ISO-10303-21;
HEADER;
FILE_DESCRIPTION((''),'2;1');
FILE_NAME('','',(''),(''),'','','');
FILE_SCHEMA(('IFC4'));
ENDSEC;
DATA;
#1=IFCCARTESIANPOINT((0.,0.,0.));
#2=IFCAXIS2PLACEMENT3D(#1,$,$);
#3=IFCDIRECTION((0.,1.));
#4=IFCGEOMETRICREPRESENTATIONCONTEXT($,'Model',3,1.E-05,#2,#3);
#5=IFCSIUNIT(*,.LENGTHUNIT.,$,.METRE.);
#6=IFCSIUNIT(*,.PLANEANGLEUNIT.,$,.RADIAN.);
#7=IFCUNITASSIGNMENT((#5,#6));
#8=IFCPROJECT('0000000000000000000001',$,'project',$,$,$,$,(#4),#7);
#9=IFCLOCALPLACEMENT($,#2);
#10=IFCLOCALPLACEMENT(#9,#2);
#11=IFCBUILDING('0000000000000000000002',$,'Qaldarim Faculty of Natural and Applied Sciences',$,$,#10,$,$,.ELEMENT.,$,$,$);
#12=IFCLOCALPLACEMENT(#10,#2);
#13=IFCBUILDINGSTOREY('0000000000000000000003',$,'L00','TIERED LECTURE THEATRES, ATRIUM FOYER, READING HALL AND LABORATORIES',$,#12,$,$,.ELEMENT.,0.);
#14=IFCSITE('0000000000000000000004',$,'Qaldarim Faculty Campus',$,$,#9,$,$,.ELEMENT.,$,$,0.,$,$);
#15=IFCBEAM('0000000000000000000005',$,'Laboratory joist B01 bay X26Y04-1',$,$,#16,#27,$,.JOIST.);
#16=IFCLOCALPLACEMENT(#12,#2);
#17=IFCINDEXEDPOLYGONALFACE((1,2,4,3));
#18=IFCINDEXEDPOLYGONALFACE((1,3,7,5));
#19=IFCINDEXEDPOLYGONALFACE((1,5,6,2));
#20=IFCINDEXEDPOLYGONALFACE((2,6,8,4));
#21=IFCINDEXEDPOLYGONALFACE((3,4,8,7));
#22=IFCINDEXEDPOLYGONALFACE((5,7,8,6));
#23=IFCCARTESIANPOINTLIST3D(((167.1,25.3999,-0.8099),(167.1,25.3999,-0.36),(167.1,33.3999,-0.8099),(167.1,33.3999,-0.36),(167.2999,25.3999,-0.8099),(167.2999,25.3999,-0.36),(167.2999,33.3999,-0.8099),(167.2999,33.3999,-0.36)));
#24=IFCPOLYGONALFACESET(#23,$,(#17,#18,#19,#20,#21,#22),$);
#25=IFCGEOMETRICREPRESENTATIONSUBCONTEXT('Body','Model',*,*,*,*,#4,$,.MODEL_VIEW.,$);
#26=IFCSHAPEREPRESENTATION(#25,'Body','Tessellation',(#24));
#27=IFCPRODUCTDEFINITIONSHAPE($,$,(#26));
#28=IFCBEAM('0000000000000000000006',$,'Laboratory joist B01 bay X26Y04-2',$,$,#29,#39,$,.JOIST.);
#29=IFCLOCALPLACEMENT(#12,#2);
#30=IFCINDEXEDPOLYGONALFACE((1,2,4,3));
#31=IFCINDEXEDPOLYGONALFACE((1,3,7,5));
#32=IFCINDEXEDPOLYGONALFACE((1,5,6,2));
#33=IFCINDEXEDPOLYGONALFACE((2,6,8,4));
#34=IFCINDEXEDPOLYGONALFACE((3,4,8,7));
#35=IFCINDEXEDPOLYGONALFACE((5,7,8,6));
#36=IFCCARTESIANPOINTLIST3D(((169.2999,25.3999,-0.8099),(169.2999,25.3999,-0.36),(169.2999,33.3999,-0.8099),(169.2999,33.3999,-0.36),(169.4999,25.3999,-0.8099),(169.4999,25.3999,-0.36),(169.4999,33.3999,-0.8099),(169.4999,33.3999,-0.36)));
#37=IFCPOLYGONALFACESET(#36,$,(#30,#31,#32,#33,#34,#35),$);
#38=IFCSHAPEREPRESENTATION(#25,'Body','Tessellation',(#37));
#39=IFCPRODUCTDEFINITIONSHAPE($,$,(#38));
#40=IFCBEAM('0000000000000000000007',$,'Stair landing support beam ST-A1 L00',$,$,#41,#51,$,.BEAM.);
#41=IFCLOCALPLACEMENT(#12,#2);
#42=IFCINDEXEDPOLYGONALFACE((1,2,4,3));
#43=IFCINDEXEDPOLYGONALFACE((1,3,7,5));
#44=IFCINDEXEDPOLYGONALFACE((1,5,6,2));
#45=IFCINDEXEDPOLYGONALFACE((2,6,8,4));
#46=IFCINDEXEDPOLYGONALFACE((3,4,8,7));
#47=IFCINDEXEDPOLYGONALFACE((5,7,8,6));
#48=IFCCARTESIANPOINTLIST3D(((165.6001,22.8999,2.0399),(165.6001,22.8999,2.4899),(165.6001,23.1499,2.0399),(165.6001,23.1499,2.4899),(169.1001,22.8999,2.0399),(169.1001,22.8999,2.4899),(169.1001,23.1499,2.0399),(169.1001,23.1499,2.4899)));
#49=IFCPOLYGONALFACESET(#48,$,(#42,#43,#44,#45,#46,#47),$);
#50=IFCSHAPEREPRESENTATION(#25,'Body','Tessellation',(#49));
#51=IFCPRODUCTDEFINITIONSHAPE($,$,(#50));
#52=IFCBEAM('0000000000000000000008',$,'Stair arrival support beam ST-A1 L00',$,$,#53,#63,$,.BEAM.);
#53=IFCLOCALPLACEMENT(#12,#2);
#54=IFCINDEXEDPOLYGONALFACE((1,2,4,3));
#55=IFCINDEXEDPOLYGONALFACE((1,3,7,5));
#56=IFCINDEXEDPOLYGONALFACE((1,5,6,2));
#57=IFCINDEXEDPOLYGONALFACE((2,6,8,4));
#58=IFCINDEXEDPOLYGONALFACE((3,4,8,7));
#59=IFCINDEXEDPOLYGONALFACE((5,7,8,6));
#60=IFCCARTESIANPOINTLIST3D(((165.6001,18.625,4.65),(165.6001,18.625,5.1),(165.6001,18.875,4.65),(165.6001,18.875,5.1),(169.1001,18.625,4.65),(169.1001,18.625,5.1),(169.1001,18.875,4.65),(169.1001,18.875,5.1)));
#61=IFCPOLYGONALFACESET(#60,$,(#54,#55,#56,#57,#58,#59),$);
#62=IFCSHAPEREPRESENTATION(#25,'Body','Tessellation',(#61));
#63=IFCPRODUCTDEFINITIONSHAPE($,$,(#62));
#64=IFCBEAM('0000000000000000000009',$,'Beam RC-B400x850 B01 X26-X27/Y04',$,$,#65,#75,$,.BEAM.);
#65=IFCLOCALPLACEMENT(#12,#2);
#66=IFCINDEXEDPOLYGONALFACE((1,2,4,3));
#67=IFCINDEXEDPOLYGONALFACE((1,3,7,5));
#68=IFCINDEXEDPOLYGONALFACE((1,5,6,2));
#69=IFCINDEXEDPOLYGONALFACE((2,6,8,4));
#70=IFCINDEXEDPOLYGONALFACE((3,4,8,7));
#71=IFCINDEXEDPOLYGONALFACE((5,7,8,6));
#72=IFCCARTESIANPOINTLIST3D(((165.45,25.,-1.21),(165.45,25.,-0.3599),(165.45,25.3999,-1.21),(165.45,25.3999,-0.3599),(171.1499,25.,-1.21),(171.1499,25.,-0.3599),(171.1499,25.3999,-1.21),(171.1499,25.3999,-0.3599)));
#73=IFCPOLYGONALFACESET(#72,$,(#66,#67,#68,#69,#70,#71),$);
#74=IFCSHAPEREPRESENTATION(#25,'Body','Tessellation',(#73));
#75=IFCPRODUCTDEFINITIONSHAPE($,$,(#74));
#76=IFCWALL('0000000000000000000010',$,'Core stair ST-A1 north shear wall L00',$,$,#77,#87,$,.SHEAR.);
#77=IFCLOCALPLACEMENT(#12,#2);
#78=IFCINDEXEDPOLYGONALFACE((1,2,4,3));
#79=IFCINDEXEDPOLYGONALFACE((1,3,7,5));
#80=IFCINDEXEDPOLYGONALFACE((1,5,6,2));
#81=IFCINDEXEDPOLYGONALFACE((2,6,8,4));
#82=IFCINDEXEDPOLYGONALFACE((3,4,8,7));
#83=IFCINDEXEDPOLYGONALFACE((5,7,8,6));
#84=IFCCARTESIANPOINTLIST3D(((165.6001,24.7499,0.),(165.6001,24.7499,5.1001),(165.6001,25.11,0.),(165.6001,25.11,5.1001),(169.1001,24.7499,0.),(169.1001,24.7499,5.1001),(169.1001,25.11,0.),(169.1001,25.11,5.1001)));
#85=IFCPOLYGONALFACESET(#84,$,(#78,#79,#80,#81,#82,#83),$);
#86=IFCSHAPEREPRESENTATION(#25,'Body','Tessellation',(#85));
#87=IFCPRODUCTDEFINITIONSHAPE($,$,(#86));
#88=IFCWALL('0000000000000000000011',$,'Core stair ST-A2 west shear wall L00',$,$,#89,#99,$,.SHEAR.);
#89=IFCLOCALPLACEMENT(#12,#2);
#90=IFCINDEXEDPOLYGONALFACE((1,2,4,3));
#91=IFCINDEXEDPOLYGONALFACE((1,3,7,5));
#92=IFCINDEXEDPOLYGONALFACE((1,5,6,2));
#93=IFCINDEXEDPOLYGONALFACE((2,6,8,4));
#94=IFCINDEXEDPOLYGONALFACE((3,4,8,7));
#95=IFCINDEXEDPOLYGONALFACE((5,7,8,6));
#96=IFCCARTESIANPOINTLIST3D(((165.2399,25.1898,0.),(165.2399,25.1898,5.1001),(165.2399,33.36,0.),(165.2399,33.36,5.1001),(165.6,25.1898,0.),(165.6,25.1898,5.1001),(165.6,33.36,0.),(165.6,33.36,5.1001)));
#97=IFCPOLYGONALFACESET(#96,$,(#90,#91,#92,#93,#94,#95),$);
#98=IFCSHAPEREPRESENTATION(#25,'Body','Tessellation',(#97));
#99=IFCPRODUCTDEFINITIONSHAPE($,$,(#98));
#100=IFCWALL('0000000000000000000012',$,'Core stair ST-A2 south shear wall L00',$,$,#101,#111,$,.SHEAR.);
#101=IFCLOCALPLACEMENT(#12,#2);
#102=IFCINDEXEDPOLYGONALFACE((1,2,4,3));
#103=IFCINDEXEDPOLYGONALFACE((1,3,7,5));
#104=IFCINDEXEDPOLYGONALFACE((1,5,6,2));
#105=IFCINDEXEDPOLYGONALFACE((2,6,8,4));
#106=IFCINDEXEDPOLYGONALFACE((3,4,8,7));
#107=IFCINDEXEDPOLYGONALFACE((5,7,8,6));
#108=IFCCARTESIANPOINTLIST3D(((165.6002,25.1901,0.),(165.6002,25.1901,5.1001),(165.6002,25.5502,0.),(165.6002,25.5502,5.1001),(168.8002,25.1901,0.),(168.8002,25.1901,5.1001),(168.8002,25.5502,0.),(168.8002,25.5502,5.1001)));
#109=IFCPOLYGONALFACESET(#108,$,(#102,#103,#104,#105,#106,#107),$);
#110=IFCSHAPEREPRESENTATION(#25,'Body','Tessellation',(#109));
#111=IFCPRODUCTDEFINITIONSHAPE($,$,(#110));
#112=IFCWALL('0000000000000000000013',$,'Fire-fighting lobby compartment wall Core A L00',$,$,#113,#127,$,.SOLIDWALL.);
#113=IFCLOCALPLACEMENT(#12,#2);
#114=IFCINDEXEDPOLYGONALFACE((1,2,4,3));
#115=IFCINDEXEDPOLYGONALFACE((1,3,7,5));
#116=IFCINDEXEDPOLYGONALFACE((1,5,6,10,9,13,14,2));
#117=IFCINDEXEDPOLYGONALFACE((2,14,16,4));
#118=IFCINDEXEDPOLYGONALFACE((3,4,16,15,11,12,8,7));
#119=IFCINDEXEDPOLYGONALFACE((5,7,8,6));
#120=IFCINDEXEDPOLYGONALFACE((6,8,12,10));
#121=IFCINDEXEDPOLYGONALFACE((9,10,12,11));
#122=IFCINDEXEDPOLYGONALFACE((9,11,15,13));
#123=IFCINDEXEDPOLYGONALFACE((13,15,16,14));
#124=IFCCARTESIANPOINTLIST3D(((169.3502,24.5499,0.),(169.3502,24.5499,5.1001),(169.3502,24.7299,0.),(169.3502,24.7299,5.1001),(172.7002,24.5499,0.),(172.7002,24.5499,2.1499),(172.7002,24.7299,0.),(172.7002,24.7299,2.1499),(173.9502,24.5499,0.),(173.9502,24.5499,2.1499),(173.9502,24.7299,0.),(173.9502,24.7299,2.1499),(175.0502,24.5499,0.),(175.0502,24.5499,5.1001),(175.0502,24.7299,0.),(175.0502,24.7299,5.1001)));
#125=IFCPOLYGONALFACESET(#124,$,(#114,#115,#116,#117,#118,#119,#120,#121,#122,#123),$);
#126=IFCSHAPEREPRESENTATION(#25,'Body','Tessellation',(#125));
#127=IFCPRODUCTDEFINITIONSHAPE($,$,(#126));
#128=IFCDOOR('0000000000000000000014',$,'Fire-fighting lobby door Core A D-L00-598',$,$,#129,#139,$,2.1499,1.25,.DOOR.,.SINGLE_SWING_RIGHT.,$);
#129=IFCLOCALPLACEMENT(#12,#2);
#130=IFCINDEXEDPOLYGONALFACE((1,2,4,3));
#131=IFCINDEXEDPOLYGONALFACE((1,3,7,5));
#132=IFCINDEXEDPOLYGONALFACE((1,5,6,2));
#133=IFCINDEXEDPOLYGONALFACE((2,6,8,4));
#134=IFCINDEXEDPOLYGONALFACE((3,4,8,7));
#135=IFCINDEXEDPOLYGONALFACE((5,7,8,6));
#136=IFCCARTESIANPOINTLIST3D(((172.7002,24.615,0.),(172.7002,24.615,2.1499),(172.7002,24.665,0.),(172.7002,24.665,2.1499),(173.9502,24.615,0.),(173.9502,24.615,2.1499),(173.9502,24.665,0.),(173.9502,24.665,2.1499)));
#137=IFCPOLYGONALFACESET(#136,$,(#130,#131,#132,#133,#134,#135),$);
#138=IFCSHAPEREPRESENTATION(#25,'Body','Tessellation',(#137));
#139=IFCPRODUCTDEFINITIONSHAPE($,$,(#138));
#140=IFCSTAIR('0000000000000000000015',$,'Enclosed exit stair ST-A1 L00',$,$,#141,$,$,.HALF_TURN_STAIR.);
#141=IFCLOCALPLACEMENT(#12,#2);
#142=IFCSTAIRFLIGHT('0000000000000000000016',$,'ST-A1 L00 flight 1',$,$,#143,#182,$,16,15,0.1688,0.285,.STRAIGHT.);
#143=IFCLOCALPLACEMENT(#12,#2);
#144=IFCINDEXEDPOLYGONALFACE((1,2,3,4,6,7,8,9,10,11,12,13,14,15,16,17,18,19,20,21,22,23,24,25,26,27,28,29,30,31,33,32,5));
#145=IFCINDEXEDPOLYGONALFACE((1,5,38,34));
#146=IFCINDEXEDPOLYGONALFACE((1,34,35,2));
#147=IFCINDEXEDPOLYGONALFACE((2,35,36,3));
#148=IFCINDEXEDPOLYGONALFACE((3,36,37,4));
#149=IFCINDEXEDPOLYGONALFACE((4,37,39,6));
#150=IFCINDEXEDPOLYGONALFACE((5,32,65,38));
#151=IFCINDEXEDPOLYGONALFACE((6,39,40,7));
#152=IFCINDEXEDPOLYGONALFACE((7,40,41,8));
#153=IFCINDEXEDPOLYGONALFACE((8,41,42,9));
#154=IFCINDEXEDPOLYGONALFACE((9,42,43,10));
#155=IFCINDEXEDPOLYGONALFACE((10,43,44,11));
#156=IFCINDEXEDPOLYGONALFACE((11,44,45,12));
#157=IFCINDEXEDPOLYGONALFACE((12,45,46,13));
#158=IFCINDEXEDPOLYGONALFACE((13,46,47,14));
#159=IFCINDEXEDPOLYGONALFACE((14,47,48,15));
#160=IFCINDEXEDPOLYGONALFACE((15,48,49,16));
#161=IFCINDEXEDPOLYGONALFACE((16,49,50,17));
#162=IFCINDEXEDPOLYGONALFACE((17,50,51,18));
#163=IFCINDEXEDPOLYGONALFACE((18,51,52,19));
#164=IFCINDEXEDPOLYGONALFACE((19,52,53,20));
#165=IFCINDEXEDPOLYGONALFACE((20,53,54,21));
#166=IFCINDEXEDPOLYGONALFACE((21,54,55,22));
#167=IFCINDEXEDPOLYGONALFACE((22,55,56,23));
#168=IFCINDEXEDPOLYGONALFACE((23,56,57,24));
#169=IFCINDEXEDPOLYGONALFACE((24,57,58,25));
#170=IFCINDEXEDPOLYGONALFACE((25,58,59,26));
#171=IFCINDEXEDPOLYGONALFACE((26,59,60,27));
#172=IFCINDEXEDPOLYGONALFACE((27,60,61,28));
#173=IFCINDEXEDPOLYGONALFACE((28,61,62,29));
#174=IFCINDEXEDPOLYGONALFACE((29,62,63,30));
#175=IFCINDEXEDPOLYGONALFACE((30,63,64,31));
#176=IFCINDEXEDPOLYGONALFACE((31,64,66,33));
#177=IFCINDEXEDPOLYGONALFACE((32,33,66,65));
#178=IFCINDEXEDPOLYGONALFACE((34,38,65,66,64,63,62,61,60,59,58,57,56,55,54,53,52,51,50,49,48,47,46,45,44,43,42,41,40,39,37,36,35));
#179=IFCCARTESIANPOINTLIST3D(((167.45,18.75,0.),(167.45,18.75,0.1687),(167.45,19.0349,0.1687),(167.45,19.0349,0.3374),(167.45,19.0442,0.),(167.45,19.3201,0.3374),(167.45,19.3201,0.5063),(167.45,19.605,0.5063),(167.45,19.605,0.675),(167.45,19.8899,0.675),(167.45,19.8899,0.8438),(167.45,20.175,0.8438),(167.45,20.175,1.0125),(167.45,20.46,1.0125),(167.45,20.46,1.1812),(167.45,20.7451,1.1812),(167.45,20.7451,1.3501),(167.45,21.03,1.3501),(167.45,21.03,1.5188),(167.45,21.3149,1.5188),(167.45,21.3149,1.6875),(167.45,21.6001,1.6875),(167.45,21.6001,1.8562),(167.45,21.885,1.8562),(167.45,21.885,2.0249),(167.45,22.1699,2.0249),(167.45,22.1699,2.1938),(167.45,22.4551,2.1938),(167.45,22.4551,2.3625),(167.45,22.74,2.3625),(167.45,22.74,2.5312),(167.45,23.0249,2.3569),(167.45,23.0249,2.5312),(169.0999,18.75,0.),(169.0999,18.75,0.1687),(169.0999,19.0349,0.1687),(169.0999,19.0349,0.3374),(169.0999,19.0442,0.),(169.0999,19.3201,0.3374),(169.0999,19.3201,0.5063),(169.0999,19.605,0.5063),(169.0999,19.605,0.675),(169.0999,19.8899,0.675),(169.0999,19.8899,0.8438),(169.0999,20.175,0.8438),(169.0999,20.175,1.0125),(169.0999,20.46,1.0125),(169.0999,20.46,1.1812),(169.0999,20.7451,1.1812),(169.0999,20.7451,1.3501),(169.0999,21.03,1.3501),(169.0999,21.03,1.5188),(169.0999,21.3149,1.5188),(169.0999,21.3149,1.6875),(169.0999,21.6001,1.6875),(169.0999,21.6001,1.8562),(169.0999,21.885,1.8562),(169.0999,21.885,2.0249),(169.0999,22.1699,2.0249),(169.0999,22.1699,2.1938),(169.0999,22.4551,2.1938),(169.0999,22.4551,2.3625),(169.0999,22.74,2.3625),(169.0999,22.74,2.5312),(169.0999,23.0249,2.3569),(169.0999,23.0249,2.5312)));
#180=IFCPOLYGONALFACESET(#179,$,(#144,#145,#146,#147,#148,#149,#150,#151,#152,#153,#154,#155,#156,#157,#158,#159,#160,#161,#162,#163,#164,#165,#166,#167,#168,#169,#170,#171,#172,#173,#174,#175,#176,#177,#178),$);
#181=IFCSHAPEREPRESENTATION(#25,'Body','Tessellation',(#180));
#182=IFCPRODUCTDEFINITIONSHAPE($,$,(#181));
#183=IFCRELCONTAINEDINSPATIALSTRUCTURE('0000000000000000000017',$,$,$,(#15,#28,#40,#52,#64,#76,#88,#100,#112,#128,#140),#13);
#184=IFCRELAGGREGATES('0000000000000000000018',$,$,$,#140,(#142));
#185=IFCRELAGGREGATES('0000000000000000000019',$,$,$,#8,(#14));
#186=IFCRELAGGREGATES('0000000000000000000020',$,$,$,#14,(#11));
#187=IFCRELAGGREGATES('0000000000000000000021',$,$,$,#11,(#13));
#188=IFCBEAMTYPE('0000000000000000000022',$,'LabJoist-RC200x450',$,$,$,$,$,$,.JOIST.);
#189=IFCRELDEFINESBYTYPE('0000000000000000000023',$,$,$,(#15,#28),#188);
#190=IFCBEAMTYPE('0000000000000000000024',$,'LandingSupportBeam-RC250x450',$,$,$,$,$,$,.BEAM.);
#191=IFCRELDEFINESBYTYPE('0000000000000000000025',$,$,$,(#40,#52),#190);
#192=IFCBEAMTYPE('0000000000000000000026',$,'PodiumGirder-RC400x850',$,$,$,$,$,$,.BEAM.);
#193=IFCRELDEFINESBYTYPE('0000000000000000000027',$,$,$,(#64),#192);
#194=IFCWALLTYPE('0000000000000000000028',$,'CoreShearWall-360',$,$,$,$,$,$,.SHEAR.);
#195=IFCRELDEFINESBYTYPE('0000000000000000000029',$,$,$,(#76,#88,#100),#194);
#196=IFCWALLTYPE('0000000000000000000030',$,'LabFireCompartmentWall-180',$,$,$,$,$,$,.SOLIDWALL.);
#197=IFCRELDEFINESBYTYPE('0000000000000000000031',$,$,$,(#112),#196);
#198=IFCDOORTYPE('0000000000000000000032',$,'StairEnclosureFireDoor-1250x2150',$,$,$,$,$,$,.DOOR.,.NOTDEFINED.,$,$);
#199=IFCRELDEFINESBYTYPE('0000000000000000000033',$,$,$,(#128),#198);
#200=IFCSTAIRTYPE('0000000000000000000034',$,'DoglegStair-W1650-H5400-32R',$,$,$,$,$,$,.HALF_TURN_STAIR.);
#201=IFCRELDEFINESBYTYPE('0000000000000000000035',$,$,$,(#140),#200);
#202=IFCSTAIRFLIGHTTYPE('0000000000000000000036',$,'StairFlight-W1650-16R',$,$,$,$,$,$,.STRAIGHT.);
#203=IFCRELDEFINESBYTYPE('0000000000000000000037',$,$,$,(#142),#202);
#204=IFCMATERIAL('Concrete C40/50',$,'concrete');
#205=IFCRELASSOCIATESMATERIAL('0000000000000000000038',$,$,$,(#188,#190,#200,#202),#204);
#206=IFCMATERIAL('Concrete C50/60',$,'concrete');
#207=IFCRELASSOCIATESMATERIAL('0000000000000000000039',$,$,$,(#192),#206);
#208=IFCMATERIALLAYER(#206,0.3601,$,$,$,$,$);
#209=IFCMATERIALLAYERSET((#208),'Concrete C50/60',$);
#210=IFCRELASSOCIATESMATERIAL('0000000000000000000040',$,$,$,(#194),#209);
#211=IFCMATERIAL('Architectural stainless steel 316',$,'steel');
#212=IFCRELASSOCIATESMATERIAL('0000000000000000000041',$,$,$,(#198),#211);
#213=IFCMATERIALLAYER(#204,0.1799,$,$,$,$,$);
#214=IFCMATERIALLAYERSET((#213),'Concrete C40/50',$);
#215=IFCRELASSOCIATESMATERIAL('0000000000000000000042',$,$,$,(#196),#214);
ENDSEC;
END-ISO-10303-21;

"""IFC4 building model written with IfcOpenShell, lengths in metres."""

from ifc_helpers import new_model, si_unit, direction, frame, frame_2d, origin, origin_2d, place, context, subcontext, project, spatial, polyline, rectangle, outline, extrude, material, layer, layer_set, material_profile, profile_set, type_object, element, fill, aggregate, save


model = new_model("IFC4")

# Units and contexts
model_context = context("Model", 3, precision=1e-05, world=origin(), true_north=direction((0.0, 1.0)))
body_context = subcontext(model_context, "Body", "Model", "MODEL_VIEW")
ifc_project = project(units=[si_unit("LENGTHUNIT", "METRE"), si_unit("PLANEANGLEUNIT", "RADIAN")], contexts=[model_context])

# Site, building, storey
site_placement = place(None, origin())
site = spatial("IfcSite", under=ifc_project, at=site_placement, Name="Qaldarim Faculty Campus", CompositionType="ELEMENT", RefElevation=0.0)
building_placement = place(site_placement, origin())
building = spatial("IfcBuilding", under=site, at=building_placement, Name="Qaldarim Faculty of Natural and Applied Sciences", CompositionType="ELEMENT")
storey_placement = place(building_placement, origin())
storey = spatial("IfcBuildingStorey", under=building, at=storey_placement, Name="L00", Description="TIERED LECTURE THEATRES, ATRIUM FOYER, READING HALL AND LABORATORIES", CompositionType="ELEMENT", Elevation=0.0)

# Beams
ifc_material_1 = material(Name="Concrete C40/50", Category="concrete")
ifc_material_profile_1 = material_profile(ifc_material_1, rectangle(XDim=0.2, YDim=0.45, at=origin_2d()), Name="RC-J200x450")
ifc_profile_set_1 = profile_set([ifc_material_profile_1], Name="Concrete C40/50")
beam_type_1 = type_object("IfcBeamType", Name="LabJoist-RC200x450", PredefinedType="JOIST", material=ifc_profile_set_1)
for number, where, z_axis, x_axis, name in (
    (1, (167.2, 25.3999, -0.585), (0.0, 1.0, 0.0), (-1.0, 0.0, 0.0), "Laboratory joist B01 bay X26Y04-1"),
    (2, (169.3999, 25.3999, -0.585), (0.0, 1.0, 0.0), (-1.0, 0.0, 0.0), "Laboratory joist B01 bay X26Y04-2"),
):
    element("IfcBeam", number, at=place(storey_placement, frame(where, z_axis=z_axis, x_axis=x_axis)), inside=storey, type_object=beam_type_1, Name=name, PredefinedType="JOIST", context=body_context, shape_type="SweptSolid", body=[
        extrude(rectangle(XDim=0.2, YDim=0.45, at=origin_2d()), origin(), (0.0, 0.0, 1.0), 8.0),
    ])
ifc_material_profile_2 = material_profile(ifc_material_1, rectangle(XDim=0.25, YDim=0.45, at=origin_2d()), Name="RC-LN250x450")
ifc_profile_set_2 = profile_set([ifc_material_profile_2], Name="Concrete C40/50")
beam_type_2 = type_object("IfcBeamType", Name="LandingSupportBeam-RC250x450", PredefinedType="BEAM", material=ifc_profile_set_2)
for number, where, z_axis, x_axis, name in (
    (3, (165.6001, 23.0249, 2.2649), (1.0, 0.0, 0.0), (0.0, 1.0, 0.0), "Stair landing support beam ST-A1 L00"),
    (4, (165.6001, 18.75, 4.875), (1.0, 0.0, 0.0), (0.0, 1.0, 0.0), "Stair arrival support beam ST-A1 L00"),
):
    element("IfcBeam", number, at=place(storey_placement, frame(where, z_axis=z_axis, x_axis=x_axis)), inside=storey, type_object=beam_type_2, Name=name, PredefinedType="BEAM", context=body_context, shape_type="SweptSolid", body=[
        extrude(rectangle(XDim=0.25, YDim=0.45, at=origin_2d()), origin(), (0.0, 0.0, 1.0), 3.5),
    ])
ifc_material_2 = material(Name="Concrete C50/60", Category="concrete")
ifc_material_profile_3 = material_profile(ifc_material_2, rectangle(XDim=0.3999, YDim=0.8501, at=origin_2d()), Name="RC-B400x850")
ifc_profile_set_3 = profile_set([ifc_material_profile_3], Name="Concrete C50/60")
beam_type_3 = type_object("IfcBeamType", Name="PodiumGirder-RC400x850", PredefinedType="BEAM", material=ifc_profile_set_3)
beam_placement = place(storey_placement, frame((165.45, 25.2, -0.7849), z_axis=(1.0, 0.0, 0.0), x_axis=(0.0, 1.0, 0.0)))
element("IfcBeam", 5, at=beam_placement, inside=storey, type_object=beam_type_3, Name="Beam RC-B400x850 B01 X26-X27/Y04", PredefinedType="BEAM", context=body_context, shape_type="SweptSolid", body=[
    extrude(rectangle(XDim=0.3999, YDim=0.8501, at=origin_2d()), origin(), (0.0, 0.0, 1.0), 5.7),
])

# Walls
ifc_layer_1 = layer(ifc_material_2, 0.3601)
ifc_layer_set_1 = layer_set([ifc_layer_1], Name="Concrete C50/60")
wall_type_1 = type_object("IfcWallType", Name="CoreShearWall-360", PredefinedType="SHEAR", material=ifc_layer_set_1)
wall_1_placement = place(storey_placement, frame((165.6001, 24.9299, 0.0), z_axis=(0.0, 0.0, 1.0), x_axis=(1.0, 0.0, 0.0)))
element("IfcWall", 6, at=wall_1_placement, inside=storey, type_object=wall_type_1, Name="Core stair ST-A1 north shear wall L00", PredefinedType="SHEAR", context=body_context, shape_type="SweptSolid", body=[
    extrude(rectangle(XDim=3.5, YDim=0.3601, at=frame_2d((1.75, 0.0))), origin(), (0.0, 0.0, 1.0), 5.1001),
])
wall_2_placement = place(storey_placement, frame((165.4199, 25.1899, 0.0), z_axis=(0.0, 0.0, 1.0), x_axis=(0.0, 1.0, 0.0)))
element("IfcWall", 7, at=wall_2_placement, inside=storey, type_object=wall_type_1, Name="Core stair ST-A2 west shear wall L00", PredefinedType="SHEAR", context=body_context, shape_type="SweptSolid", body=[
    extrude(rectangle(XDim=8.1702, YDim=0.3601, at=frame_2d((4.085, 0.0))), origin(), (0.0, 0.0, 1.0), 5.1001),
])

# Shared definitions
ifc_material_3 = material(Name="Architectural stainless steel 316", Category="steel")
door_type = type_object("IfcDoorType", Name="StairEnclosureFireDoor-1250x2150", OperationType="NOTDEFINED", PredefinedType="DOOR", material=ifc_material_3)

# Wall
wall_3_placement = place(storey_placement, frame((165.6001, 25.3701, 0.0), z_axis=(0.0, 0.0, 1.0), x_axis=(1.0, 0.0, 0.0)))
element("IfcWall", 8, at=wall_3_placement, inside=storey, type_object=wall_type_1, Name="Core stair ST-A2 south shear wall L00", PredefinedType="SHEAR", context=body_context, shape_type="SweptSolid", body=[
    extrude(rectangle(XDim=3.2, YDim=0.3601, at=frame_2d((1.6001, 0.0))), origin(), (0.0, 0.0, 1.0), 5.1001),
])

# Wall, opening, door
ifc_layer_2 = layer(ifc_material_1, 0.1799)
ifc_layer_set_2 = layer_set([ifc_layer_2], Name="Concrete C40/50")
wall_type_2 = type_object("IfcWallType", Name="LabFireCompartmentWall-180", PredefinedType="SOLIDWALL", material=ifc_layer_set_2)
wall_4_placement = place(storey_placement, frame((169.3501, 24.6399, 0.0), z_axis=(0.0, 0.0, 1.0), x_axis=(1.0, 0.0, 0.0)))
wall_4 = element("IfcWall", 9, at=wall_4_placement, inside=storey, type_object=wall_type_2, Name="Fire-fighting lobby compartment wall Core A L00", PredefinedType="SOLIDWALL", context=body_context, shape_type="SweptSolid", body=[
    extrude(rectangle(XDim=5.7, YDim=0.1799, at=frame_2d((2.8501, 0.0))), origin(), (0.0, 0.0, 1.0), 5.1001),
])
opening_1_placement = place(wall_4_placement, frame((3.3501, 0.0, 0.0)))
opening_1 = element("IfcOpeningElement", 10, at=opening_1_placement, cuts=wall_4, PredefinedType="OPENING", context=body_context, shape_type="SweptSolid", body=[
    extrude(rectangle(XDim=1.25, YDim=2.1499, at=frame_2d((0.625, 1.075))), frame((0.0, 0.0999, 0.0), z_axis=(0.0, -1.0, 0.0), x_axis=(1.0, 0.0, 0.0)), (0.0, 0.0, 1.0), 0.2),
])
door_1_placement = place(opening_1_placement, frame((1.25, 0.0, 0.0), z_axis=(0.0, 0.0, 1.0), x_axis=(-1.0, 0.0, 0.0)))
door_1 = element("IfcDoor", 11, at=door_1_placement, inside=storey, type_object=door_type, Name="Fire-fighting lobby door Core A D-L00-598", OperationType="SINGLE_SWING_RIGHT", OverallHeight=2.1499, OverallWidth=1.25, PredefinedType="DOOR", context=body_context, shape_type="SweptSolid", body=[
    extrude(rectangle(XDim=1.25, YDim=2.1499, at=frame_2d((0.625, 1.075))), frame((0.0, 0.0249, 0.0), z_axis=(0.0, -1.0, 0.0), x_axis=(1.0, 0.0, 0.0)), (0.0, 0.0, 1.0), 0.05),
])
fill(opening_1, door_1)

# Stair, stair flight
stair_type = type_object("IfcStairType", Name="DoglegStair-W1650-H5400-32R", PredefinedType="HALF_TURN_STAIR", material=ifc_material_1)
stair_placement = place(storey_placement, origin())
stair = element("IfcStair", 12, at=stair_placement, inside=storey, type_object=stair_type, Name="Enclosed exit stair ST-A1 L00", PredefinedType="HALF_TURN_STAIR")
stair_flight_type = type_object("IfcStairFlightType", Name="StairFlight-W1650-16R", PredefinedType="STRAIGHT", material=ifc_material_1)
stair_flight_1_placement = place(storey_placement, frame((168.2749, 18.75, 0.0), z_axis=(0.0, 0.0, 1.0), x_axis=(0.0, 1.0, 0.0)))
stair_flight_1 = element("IfcStairFlight", 13, at=stair_flight_1_placement, type_object=stair_flight_type, Name="ST-A1 L00 flight 1", NumberOfRisers=16, NumberOfTreads=15, PredefinedType="STRAIGHT", RiserHeight=0.1688, TreadLength=0.285, context=body_context, shape_type="SweptSolid", body=[
    extrude(outline(polyline([(0.0, 0.0), (0.0, 0.1687), (0.2849, 0.1687), (0.2849, 0.3374), (0.5701, 0.3374), (0.5701, 0.5063), (0.855, 0.5063), (0.855, 0.675), (1.1399, 0.675), (1.1399, 0.8438), (1.425, 0.8438), (1.425, 1.0125), (1.71, 1.0125), (1.71, 1.1812), (1.9951, 1.1812), (1.9951, 1.3501), (2.28, 1.3501), (2.28, 1.5188), (2.5649, 1.5188), (2.5649, 1.6875), (2.8501, 1.6875), (2.8501, 1.8562), (3.135, 1.8562), (3.135, 2.0249), (3.4199, 2.0249), (3.4199, 2.1938), (3.7051, 2.1938), (3.7051, 2.3625), (3.99, 2.3625), (3.99, 2.5312), (4.2749, 2.5312), (4.2749, 2.7), (4.2749, 2.3569), (0.2942, 0.0), (0.0, 0.0)])), frame((0.0, 0.825, 0.0), z_axis=(0.0, -1.0, 0.0), x_axis=(1.0, 0.0, 0.0)), (0.0, 0.0, 1.0), 1.6499),
])
aggregate(stair, [stair_flight_1])

save(model, "model.ifc")
